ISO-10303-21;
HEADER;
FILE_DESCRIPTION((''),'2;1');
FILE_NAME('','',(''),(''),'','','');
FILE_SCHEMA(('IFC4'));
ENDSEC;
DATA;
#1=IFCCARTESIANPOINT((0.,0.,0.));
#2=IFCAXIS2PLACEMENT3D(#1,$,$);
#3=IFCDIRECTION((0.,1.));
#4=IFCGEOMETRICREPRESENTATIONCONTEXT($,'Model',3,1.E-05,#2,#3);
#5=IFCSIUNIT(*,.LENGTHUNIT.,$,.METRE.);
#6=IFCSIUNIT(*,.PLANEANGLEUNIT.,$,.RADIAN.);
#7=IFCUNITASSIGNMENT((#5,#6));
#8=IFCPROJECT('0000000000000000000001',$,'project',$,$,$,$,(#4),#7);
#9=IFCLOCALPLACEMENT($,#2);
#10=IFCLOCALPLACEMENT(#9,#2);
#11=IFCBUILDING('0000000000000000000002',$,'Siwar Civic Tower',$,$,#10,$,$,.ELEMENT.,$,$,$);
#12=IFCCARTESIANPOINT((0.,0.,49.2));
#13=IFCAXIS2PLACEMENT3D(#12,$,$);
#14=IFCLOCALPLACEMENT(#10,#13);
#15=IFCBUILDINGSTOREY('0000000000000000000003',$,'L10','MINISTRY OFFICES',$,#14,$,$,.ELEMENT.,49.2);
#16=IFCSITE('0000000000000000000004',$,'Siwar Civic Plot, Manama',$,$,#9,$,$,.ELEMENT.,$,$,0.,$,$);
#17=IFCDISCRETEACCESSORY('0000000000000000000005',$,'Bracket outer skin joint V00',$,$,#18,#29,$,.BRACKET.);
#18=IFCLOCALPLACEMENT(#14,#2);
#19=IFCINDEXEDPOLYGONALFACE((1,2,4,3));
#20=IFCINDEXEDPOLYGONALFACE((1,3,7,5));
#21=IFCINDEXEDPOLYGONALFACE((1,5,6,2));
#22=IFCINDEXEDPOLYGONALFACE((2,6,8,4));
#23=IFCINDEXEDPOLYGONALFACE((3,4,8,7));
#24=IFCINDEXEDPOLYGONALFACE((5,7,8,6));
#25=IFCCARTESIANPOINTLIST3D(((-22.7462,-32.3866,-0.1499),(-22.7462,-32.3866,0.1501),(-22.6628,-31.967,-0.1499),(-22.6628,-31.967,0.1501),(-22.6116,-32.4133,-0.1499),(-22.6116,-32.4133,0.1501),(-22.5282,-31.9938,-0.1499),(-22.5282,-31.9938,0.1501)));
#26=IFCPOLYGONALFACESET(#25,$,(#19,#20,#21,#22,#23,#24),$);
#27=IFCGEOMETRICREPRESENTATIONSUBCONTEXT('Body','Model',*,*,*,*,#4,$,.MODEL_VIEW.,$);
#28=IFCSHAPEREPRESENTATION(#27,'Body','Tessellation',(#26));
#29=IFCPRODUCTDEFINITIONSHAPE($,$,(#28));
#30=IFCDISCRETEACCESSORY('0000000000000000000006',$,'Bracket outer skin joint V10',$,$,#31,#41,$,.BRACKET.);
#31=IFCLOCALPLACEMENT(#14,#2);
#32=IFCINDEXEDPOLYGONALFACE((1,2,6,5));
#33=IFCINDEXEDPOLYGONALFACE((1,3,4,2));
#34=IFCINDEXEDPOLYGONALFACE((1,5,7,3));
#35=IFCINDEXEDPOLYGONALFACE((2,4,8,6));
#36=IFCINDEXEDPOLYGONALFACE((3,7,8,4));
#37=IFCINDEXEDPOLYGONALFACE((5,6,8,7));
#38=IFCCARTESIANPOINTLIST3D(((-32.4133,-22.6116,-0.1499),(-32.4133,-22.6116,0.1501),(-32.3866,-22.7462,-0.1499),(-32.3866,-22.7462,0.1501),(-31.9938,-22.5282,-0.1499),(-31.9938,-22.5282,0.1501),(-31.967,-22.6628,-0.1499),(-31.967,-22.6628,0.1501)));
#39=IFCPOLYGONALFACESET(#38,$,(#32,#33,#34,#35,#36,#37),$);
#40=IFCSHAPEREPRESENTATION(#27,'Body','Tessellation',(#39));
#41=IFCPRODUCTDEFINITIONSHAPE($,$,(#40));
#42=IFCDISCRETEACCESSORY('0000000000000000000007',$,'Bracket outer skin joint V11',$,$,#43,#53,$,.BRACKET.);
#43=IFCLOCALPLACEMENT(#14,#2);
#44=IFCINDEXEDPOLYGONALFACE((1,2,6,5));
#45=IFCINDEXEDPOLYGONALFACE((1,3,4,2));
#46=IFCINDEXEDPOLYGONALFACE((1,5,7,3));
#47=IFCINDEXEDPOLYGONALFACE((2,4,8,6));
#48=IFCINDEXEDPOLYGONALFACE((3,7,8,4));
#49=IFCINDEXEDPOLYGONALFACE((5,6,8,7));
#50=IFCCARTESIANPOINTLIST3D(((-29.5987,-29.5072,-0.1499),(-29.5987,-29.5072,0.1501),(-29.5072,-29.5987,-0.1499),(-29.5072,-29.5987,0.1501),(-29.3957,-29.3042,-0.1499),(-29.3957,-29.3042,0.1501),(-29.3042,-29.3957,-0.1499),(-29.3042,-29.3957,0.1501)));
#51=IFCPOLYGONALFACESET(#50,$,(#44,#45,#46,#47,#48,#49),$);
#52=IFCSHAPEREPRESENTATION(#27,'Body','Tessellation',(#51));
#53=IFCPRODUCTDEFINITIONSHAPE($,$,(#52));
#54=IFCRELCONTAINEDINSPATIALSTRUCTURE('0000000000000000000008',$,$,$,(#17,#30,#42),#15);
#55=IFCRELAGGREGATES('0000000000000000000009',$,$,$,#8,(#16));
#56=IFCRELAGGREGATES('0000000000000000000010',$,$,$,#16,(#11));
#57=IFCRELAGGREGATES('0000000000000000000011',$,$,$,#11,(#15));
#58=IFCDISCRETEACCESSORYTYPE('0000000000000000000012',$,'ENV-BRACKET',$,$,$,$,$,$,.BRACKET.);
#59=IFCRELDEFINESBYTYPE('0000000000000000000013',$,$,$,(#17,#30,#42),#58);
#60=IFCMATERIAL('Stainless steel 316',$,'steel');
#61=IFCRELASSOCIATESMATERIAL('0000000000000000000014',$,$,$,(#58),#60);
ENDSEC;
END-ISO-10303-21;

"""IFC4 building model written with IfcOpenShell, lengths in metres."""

from ifc_helpers import new_model, si_unit, direction, frame, origin, origin_2d, place, context, subcontext, project, spatial, rectangle, extrude, material, type_object, element, save


model = new_model("IFC4")

# Units and contexts
model_context = context("Model", 3, precision=1e-05, world=origin(), true_north=direction((0.0, 1.0)))
body_context = subcontext(model_context, "Body", "Model", "MODEL_VIEW")
ifc_project = project(units=[si_unit("LENGTHUNIT", "METRE"), si_unit("PLANEANGLEUNIT", "RADIAN")], contexts=[model_context])

# Site, building, storey
site_placement = place(None, origin())
site = spatial("IfcSite", under=ifc_project, at=site_placement, Name="Siwar Civic Plot, Manama", CompositionType="ELEMENT", RefElevation=0.0)
building_placement = place(site_placement, origin())
building = spatial("IfcBuilding", under=site, at=building_placement, Name="Siwar Civic Tower", CompositionType="ELEMENT")
storey_placement = place(building_placement, frame((0.0, 0.0, 49.2)))
storey = spatial("IfcBuildingStorey", under=building, at=storey_placement, Name="L10", Description="MINISTRY OFFICES", CompositionType="ELEMENT", Elevation=49.2)

# Discrete accessories
ifc_material_1 = material(Name="Stainless steel 316", Category="steel")
discrete_accessory_type = type_object("IfcDiscreteAccessoryType", Name="ENV-BRACKET", PredefinedType="BRACKET", material=ifc_material_1)
for number, where, z_axis, x_axis, name in (
    (1, (-22.6372, -32.1902, -0.1499), (0.0, 0.0, 1.0), (-0.19509, -0.980785, 0.0), "Bracket outer skin joint V00"),
    (2, (-32.1902, -22.6372, -0.1499), (0.0, 0.0, 1.0), (-0.980785, -0.19509, 0.0), "Bracket outer skin joint V10"),
):
    element("IfcDiscreteAccessory", number, at=place(storey_placement, frame(where, z_axis=z_axis, x_axis=x_axis)), inside=storey, type_object=discrete_accessory_type, Name=name, PredefinedType="BRACKET", context=body_context, shape_type="SweptSolid", body=[
        extrude(rectangle(XDim=0.4277, YDim=0.1372, at=origin_2d()), origin(), (0.0, 0.0, 1.0), 0.3),
    ])
discrete_accessory_placement = place(storey_placement, frame((-29.4514, -29.4514, -0.1499), z_axis=(0.0, 0.0, 1.0), x_axis=(-0.707107, -0.707107, 0.0)))
element("IfcDiscreteAccessory", 3, at=discrete_accessory_placement, inside=storey, type_object=discrete_accessory_type, Name="Bracket outer skin joint V11", PredefinedType="BRACKET", context=body_context, shape_type="SweptSolid", body=[
    extrude(rectangle(XDim=0.2871, YDim=0.1294, at=origin_2d()), origin(), (0.0, 0.0, 1.0), 0.3),
])

save(model, "model.ifc")
